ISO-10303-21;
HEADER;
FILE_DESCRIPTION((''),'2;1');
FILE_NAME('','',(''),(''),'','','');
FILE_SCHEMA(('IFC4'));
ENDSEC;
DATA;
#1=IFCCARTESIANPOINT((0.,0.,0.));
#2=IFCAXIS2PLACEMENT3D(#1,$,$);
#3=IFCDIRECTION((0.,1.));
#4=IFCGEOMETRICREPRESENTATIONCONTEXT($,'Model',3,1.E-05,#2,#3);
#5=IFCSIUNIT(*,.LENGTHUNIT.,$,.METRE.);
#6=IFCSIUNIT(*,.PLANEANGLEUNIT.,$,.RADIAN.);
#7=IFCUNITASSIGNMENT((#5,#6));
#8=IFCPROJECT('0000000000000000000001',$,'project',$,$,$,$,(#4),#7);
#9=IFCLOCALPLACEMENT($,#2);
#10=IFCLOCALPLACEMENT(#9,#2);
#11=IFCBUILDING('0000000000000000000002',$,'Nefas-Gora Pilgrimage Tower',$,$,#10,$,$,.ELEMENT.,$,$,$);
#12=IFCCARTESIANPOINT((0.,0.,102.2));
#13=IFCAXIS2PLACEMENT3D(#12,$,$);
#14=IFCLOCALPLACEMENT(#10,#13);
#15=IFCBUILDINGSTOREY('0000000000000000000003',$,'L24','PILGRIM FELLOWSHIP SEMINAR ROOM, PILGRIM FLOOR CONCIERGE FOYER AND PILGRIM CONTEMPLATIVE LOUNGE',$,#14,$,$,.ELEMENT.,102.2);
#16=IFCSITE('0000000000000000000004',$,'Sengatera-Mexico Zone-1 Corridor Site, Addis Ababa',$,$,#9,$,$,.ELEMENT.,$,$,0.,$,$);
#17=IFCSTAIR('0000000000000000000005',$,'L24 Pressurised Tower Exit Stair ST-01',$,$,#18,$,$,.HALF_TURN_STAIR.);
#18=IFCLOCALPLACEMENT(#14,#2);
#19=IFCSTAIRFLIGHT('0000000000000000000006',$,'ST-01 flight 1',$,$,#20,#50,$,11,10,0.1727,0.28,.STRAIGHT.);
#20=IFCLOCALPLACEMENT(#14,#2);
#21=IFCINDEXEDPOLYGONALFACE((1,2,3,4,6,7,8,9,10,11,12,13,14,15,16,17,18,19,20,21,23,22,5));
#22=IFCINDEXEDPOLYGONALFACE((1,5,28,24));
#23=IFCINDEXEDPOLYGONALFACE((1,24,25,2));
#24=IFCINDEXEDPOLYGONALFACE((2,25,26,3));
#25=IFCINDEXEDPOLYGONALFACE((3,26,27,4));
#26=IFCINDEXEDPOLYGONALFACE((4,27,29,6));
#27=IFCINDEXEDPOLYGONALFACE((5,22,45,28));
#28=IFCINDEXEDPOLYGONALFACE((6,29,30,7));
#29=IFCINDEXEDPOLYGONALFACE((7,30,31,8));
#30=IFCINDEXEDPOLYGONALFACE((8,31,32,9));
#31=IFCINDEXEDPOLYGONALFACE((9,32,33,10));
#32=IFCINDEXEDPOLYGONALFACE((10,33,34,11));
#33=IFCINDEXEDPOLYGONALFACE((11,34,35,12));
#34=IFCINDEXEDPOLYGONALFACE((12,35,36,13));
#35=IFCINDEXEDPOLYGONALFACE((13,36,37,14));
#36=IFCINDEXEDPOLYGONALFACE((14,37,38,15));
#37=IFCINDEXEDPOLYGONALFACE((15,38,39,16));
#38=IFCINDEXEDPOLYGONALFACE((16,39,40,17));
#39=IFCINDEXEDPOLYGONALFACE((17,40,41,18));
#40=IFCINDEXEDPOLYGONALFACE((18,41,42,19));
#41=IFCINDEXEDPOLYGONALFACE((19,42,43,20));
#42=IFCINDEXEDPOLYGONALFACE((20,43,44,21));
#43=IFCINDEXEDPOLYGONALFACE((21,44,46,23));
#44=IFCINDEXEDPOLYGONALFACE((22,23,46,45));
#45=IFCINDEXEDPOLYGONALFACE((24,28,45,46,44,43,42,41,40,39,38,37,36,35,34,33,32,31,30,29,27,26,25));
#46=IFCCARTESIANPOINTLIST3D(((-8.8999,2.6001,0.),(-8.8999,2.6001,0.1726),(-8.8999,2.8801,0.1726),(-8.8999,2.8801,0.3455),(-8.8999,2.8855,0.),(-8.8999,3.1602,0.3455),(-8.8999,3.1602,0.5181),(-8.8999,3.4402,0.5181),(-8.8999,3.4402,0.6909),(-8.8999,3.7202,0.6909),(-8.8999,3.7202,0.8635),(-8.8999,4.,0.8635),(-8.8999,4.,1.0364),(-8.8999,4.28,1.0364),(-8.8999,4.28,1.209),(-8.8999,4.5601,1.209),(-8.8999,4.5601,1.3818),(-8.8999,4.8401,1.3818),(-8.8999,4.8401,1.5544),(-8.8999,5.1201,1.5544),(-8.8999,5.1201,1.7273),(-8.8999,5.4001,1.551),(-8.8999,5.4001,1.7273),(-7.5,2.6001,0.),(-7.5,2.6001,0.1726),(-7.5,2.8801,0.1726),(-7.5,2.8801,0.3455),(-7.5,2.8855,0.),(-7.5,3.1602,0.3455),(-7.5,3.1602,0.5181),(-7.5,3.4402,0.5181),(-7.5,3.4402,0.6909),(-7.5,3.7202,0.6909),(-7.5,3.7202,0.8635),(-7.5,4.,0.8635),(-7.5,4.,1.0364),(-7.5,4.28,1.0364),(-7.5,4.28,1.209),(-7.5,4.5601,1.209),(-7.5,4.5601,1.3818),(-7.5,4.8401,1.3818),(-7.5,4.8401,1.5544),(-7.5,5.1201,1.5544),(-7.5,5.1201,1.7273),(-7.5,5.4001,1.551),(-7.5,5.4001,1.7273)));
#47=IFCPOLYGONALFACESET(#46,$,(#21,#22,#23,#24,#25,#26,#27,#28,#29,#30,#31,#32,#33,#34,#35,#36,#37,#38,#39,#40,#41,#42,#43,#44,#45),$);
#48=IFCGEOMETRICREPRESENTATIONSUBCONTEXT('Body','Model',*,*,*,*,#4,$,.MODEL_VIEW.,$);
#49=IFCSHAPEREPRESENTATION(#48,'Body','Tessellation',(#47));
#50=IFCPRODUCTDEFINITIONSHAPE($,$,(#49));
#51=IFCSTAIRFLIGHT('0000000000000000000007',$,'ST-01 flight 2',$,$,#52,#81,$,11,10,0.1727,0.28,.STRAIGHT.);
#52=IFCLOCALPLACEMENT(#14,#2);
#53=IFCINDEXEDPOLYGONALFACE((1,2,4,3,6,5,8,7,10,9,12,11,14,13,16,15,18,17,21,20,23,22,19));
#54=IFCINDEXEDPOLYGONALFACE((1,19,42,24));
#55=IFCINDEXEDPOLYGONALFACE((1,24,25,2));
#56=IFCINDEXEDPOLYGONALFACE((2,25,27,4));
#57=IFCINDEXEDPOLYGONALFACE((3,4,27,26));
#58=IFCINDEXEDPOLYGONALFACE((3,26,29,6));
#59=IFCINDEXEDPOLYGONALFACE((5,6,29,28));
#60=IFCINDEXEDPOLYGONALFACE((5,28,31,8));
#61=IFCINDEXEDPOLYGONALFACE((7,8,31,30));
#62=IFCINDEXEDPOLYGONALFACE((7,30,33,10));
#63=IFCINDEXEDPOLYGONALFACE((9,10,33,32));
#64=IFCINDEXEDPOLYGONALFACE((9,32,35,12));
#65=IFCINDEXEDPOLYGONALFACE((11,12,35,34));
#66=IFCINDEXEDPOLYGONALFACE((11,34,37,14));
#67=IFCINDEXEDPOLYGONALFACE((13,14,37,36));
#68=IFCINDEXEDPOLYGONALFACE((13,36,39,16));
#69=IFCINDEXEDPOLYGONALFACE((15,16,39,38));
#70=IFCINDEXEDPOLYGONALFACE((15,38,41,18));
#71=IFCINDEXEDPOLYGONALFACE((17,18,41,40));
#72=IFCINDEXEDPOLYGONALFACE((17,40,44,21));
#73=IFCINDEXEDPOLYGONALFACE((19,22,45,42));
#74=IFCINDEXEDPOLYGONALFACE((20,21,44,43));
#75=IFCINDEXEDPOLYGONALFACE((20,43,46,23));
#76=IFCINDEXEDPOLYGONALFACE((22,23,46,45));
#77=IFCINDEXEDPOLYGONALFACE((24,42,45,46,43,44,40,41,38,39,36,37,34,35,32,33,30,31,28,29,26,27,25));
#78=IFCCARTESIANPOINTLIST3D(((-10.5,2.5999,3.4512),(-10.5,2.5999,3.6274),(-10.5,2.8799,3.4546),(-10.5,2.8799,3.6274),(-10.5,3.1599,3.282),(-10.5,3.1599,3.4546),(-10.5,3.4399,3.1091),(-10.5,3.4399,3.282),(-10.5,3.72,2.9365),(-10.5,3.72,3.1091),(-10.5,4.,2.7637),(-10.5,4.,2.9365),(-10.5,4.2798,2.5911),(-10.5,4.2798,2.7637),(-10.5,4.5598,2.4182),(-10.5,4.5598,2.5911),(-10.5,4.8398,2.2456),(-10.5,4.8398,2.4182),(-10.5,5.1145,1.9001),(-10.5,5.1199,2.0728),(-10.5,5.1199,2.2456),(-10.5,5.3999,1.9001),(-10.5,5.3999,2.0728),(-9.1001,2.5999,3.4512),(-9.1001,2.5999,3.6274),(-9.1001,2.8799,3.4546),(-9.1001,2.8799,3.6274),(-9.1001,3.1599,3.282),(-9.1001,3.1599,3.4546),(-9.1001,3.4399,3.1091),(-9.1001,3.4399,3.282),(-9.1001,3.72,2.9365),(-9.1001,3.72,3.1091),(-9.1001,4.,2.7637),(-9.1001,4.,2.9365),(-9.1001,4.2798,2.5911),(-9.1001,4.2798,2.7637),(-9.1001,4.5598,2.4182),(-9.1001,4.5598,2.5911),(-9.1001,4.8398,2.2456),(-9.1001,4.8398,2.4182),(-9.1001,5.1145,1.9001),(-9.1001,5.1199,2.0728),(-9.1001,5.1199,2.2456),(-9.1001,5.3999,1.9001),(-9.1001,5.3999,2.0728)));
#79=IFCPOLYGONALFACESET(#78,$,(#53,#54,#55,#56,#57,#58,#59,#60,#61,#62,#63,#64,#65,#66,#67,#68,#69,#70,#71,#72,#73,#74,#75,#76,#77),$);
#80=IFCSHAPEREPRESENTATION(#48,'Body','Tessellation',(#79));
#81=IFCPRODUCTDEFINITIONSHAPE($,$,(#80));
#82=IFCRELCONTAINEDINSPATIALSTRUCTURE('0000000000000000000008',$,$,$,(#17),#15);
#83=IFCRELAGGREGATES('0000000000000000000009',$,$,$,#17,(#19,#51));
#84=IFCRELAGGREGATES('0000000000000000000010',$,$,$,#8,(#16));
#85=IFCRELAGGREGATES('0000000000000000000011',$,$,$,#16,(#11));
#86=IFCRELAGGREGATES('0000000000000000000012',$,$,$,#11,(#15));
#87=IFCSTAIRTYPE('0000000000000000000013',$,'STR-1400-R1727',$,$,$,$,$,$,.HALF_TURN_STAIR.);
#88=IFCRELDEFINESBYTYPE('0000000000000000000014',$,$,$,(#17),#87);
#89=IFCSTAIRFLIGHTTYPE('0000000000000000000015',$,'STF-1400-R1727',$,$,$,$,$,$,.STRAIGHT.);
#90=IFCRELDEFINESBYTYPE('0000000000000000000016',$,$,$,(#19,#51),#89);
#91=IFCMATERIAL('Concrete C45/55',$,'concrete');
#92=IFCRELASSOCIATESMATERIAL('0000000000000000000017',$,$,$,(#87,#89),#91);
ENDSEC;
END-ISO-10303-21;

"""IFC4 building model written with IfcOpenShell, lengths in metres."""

from ifc_helpers import new_model, si_unit, direction, frame, origin, place, context, subcontext, project, spatial, polyline, outline, extrude, source, transform, mapped, material, type_object, element, aggregate, save


model = new_model("IFC4")

# Units and contexts
model_context = context("Model", 3, precision=1e-05, world=origin(), true_north=direction((0.0, 1.0)))
body_context = subcontext(model_context, "Body", "Model", "MODEL_VIEW")
ifc_project = project(units=[si_unit("LENGTHUNIT", "METRE"), si_unit("PLANEANGLEUNIT", "RADIAN")], contexts=[model_context])

# Site, building, storey
site_placement = place(None, origin())
site = spatial("IfcSite", under=ifc_project, at=site_placement, Name="Sengatera-Mexico Zone-1 Corridor Site, Addis Ababa", CompositionType="ELEMENT", RefElevation=0.0)
building_placement = place(site_placement, origin())
building = spatial("IfcBuilding", under=site, at=building_placement, Name="Nefas-Gora Pilgrimage Tower", CompositionType="ELEMENT")
storey_placement = place(building_placement, frame((0.0, 0.0, 102.2)))
storey = spatial("IfcBuildingStorey", under=building, at=storey_placement, Name="L24", Description="PILGRIM FELLOWSHIP SEMINAR ROOM, PILGRIM FLOOR CONCIERGE FOYER AND PILGRIM CONTEMPLATIVE LOUNGE", CompositionType="ELEMENT", Elevation=102.2)

# Shared definitions
ifc_material_1 = material(Name="Concrete C45/55", Category="concrete")

# Stair, stair flights
stair_type = type_object("IfcStairType", Name="STR-1400-R1727", PredefinedType="HALF_TURN_STAIR", material=ifc_material_1)
stair_placement = place(storey_placement, origin())
stair = element("IfcStair", 1, at=stair_placement, inside=storey, type_object=stair_type, Name="L24 Pressurised Tower Exit Stair ST-01", PredefinedType="HALF_TURN_STAIR")
stair_flight_type = type_object("IfcStairFlightType", Name="STF-1400-R1727", PredefinedType="STRAIGHT", material=ifc_material_1)
shared_shape_1 = source(origin(), body_context, "Body", "SweptSolid", [
    extrude(outline(polyline([(0.0, 0.0), (0.0, 0.1726), (0.28, 0.1726), (0.28, 0.3455), (0.5601, 0.3455), (0.5601, 0.5181), (0.8401, 0.5181), (0.8401, 0.6909), (1.1201, 0.6909), (1.1201, 0.8635), (1.3999, 0.8635), (1.3999, 1.0364), (1.6799, 1.0364), (1.6799, 1.209), (1.96, 1.209), (1.96, 1.3818), (2.24, 1.3818), (2.24, 1.5544), (2.52, 1.5544), (2.52, 1.7273), (2.8, 1.7273), (2.8, 1.8999), (2.8, 1.551), (0.2854, 0.0), (0.0, 0.0)])), frame((0.0, 0.7, 0.0), z_axis=(0.0, -1.0, 0.0), x_axis=(1.0, 0.0, 0.0)), (0.0, 0.0, 1.0), 1.3999),
])
stair_flight_1_placement = place(storey_placement, frame((-8.2, 2.6001, 0.0), z_axis=(0.0, 0.0, 1.0), x_axis=(0.0, 1.0, 0.0)))
stair_flight_1 = element("IfcStairFlight", 2, at=stair_flight_1_placement, type_object=stair_flight_type, Name="ST-01 flight 1", NumberOfRisers=11, NumberOfTreads=10, PredefinedType="STRAIGHT", RiserHeight=0.1727, TreadLength=0.28, context=body_context, shape_type="MappedRepresentation", body=[
    mapped(shared_shape_1, transform((0.0, 0.0, 0.0), x_axis=(1.0, 0.0, 0.0), y_axis=(0.0, 1.0, 0.0), z_axis=(0.0, 0.0, 1.0), scale=1.0)),
])
stair_flight_2_placement = place(storey_placement, frame((-9.8, 5.3999, 1.9001), z_axis=(0.0, 0.0, 1.0), x_axis=(0.0, -1.0, 0.0)))
stair_flight_2 = element("IfcStairFlight", 3, at=stair_flight_2_placement, type_object=stair_flight_type, Name="ST-01 flight 2", NumberOfRisers=11, NumberOfTreads=10, PredefinedType="STRAIGHT", RiserHeight=0.1727, TreadLength=0.28, context=body_context, shape_type="MappedRepresentation", body=[
    mapped(shared_shape_1, transform((0.0, 0.0, 0.0), x_axis=(1.0, 0.0, 0.0), y_axis=(0.0, 1.0, 0.0), z_axis=(0.0, 0.0, 1.0), scale=1.0)),
])
aggregate(stair, [stair_flight_1, stair_flight_2])

save(model, "model.ifc")
